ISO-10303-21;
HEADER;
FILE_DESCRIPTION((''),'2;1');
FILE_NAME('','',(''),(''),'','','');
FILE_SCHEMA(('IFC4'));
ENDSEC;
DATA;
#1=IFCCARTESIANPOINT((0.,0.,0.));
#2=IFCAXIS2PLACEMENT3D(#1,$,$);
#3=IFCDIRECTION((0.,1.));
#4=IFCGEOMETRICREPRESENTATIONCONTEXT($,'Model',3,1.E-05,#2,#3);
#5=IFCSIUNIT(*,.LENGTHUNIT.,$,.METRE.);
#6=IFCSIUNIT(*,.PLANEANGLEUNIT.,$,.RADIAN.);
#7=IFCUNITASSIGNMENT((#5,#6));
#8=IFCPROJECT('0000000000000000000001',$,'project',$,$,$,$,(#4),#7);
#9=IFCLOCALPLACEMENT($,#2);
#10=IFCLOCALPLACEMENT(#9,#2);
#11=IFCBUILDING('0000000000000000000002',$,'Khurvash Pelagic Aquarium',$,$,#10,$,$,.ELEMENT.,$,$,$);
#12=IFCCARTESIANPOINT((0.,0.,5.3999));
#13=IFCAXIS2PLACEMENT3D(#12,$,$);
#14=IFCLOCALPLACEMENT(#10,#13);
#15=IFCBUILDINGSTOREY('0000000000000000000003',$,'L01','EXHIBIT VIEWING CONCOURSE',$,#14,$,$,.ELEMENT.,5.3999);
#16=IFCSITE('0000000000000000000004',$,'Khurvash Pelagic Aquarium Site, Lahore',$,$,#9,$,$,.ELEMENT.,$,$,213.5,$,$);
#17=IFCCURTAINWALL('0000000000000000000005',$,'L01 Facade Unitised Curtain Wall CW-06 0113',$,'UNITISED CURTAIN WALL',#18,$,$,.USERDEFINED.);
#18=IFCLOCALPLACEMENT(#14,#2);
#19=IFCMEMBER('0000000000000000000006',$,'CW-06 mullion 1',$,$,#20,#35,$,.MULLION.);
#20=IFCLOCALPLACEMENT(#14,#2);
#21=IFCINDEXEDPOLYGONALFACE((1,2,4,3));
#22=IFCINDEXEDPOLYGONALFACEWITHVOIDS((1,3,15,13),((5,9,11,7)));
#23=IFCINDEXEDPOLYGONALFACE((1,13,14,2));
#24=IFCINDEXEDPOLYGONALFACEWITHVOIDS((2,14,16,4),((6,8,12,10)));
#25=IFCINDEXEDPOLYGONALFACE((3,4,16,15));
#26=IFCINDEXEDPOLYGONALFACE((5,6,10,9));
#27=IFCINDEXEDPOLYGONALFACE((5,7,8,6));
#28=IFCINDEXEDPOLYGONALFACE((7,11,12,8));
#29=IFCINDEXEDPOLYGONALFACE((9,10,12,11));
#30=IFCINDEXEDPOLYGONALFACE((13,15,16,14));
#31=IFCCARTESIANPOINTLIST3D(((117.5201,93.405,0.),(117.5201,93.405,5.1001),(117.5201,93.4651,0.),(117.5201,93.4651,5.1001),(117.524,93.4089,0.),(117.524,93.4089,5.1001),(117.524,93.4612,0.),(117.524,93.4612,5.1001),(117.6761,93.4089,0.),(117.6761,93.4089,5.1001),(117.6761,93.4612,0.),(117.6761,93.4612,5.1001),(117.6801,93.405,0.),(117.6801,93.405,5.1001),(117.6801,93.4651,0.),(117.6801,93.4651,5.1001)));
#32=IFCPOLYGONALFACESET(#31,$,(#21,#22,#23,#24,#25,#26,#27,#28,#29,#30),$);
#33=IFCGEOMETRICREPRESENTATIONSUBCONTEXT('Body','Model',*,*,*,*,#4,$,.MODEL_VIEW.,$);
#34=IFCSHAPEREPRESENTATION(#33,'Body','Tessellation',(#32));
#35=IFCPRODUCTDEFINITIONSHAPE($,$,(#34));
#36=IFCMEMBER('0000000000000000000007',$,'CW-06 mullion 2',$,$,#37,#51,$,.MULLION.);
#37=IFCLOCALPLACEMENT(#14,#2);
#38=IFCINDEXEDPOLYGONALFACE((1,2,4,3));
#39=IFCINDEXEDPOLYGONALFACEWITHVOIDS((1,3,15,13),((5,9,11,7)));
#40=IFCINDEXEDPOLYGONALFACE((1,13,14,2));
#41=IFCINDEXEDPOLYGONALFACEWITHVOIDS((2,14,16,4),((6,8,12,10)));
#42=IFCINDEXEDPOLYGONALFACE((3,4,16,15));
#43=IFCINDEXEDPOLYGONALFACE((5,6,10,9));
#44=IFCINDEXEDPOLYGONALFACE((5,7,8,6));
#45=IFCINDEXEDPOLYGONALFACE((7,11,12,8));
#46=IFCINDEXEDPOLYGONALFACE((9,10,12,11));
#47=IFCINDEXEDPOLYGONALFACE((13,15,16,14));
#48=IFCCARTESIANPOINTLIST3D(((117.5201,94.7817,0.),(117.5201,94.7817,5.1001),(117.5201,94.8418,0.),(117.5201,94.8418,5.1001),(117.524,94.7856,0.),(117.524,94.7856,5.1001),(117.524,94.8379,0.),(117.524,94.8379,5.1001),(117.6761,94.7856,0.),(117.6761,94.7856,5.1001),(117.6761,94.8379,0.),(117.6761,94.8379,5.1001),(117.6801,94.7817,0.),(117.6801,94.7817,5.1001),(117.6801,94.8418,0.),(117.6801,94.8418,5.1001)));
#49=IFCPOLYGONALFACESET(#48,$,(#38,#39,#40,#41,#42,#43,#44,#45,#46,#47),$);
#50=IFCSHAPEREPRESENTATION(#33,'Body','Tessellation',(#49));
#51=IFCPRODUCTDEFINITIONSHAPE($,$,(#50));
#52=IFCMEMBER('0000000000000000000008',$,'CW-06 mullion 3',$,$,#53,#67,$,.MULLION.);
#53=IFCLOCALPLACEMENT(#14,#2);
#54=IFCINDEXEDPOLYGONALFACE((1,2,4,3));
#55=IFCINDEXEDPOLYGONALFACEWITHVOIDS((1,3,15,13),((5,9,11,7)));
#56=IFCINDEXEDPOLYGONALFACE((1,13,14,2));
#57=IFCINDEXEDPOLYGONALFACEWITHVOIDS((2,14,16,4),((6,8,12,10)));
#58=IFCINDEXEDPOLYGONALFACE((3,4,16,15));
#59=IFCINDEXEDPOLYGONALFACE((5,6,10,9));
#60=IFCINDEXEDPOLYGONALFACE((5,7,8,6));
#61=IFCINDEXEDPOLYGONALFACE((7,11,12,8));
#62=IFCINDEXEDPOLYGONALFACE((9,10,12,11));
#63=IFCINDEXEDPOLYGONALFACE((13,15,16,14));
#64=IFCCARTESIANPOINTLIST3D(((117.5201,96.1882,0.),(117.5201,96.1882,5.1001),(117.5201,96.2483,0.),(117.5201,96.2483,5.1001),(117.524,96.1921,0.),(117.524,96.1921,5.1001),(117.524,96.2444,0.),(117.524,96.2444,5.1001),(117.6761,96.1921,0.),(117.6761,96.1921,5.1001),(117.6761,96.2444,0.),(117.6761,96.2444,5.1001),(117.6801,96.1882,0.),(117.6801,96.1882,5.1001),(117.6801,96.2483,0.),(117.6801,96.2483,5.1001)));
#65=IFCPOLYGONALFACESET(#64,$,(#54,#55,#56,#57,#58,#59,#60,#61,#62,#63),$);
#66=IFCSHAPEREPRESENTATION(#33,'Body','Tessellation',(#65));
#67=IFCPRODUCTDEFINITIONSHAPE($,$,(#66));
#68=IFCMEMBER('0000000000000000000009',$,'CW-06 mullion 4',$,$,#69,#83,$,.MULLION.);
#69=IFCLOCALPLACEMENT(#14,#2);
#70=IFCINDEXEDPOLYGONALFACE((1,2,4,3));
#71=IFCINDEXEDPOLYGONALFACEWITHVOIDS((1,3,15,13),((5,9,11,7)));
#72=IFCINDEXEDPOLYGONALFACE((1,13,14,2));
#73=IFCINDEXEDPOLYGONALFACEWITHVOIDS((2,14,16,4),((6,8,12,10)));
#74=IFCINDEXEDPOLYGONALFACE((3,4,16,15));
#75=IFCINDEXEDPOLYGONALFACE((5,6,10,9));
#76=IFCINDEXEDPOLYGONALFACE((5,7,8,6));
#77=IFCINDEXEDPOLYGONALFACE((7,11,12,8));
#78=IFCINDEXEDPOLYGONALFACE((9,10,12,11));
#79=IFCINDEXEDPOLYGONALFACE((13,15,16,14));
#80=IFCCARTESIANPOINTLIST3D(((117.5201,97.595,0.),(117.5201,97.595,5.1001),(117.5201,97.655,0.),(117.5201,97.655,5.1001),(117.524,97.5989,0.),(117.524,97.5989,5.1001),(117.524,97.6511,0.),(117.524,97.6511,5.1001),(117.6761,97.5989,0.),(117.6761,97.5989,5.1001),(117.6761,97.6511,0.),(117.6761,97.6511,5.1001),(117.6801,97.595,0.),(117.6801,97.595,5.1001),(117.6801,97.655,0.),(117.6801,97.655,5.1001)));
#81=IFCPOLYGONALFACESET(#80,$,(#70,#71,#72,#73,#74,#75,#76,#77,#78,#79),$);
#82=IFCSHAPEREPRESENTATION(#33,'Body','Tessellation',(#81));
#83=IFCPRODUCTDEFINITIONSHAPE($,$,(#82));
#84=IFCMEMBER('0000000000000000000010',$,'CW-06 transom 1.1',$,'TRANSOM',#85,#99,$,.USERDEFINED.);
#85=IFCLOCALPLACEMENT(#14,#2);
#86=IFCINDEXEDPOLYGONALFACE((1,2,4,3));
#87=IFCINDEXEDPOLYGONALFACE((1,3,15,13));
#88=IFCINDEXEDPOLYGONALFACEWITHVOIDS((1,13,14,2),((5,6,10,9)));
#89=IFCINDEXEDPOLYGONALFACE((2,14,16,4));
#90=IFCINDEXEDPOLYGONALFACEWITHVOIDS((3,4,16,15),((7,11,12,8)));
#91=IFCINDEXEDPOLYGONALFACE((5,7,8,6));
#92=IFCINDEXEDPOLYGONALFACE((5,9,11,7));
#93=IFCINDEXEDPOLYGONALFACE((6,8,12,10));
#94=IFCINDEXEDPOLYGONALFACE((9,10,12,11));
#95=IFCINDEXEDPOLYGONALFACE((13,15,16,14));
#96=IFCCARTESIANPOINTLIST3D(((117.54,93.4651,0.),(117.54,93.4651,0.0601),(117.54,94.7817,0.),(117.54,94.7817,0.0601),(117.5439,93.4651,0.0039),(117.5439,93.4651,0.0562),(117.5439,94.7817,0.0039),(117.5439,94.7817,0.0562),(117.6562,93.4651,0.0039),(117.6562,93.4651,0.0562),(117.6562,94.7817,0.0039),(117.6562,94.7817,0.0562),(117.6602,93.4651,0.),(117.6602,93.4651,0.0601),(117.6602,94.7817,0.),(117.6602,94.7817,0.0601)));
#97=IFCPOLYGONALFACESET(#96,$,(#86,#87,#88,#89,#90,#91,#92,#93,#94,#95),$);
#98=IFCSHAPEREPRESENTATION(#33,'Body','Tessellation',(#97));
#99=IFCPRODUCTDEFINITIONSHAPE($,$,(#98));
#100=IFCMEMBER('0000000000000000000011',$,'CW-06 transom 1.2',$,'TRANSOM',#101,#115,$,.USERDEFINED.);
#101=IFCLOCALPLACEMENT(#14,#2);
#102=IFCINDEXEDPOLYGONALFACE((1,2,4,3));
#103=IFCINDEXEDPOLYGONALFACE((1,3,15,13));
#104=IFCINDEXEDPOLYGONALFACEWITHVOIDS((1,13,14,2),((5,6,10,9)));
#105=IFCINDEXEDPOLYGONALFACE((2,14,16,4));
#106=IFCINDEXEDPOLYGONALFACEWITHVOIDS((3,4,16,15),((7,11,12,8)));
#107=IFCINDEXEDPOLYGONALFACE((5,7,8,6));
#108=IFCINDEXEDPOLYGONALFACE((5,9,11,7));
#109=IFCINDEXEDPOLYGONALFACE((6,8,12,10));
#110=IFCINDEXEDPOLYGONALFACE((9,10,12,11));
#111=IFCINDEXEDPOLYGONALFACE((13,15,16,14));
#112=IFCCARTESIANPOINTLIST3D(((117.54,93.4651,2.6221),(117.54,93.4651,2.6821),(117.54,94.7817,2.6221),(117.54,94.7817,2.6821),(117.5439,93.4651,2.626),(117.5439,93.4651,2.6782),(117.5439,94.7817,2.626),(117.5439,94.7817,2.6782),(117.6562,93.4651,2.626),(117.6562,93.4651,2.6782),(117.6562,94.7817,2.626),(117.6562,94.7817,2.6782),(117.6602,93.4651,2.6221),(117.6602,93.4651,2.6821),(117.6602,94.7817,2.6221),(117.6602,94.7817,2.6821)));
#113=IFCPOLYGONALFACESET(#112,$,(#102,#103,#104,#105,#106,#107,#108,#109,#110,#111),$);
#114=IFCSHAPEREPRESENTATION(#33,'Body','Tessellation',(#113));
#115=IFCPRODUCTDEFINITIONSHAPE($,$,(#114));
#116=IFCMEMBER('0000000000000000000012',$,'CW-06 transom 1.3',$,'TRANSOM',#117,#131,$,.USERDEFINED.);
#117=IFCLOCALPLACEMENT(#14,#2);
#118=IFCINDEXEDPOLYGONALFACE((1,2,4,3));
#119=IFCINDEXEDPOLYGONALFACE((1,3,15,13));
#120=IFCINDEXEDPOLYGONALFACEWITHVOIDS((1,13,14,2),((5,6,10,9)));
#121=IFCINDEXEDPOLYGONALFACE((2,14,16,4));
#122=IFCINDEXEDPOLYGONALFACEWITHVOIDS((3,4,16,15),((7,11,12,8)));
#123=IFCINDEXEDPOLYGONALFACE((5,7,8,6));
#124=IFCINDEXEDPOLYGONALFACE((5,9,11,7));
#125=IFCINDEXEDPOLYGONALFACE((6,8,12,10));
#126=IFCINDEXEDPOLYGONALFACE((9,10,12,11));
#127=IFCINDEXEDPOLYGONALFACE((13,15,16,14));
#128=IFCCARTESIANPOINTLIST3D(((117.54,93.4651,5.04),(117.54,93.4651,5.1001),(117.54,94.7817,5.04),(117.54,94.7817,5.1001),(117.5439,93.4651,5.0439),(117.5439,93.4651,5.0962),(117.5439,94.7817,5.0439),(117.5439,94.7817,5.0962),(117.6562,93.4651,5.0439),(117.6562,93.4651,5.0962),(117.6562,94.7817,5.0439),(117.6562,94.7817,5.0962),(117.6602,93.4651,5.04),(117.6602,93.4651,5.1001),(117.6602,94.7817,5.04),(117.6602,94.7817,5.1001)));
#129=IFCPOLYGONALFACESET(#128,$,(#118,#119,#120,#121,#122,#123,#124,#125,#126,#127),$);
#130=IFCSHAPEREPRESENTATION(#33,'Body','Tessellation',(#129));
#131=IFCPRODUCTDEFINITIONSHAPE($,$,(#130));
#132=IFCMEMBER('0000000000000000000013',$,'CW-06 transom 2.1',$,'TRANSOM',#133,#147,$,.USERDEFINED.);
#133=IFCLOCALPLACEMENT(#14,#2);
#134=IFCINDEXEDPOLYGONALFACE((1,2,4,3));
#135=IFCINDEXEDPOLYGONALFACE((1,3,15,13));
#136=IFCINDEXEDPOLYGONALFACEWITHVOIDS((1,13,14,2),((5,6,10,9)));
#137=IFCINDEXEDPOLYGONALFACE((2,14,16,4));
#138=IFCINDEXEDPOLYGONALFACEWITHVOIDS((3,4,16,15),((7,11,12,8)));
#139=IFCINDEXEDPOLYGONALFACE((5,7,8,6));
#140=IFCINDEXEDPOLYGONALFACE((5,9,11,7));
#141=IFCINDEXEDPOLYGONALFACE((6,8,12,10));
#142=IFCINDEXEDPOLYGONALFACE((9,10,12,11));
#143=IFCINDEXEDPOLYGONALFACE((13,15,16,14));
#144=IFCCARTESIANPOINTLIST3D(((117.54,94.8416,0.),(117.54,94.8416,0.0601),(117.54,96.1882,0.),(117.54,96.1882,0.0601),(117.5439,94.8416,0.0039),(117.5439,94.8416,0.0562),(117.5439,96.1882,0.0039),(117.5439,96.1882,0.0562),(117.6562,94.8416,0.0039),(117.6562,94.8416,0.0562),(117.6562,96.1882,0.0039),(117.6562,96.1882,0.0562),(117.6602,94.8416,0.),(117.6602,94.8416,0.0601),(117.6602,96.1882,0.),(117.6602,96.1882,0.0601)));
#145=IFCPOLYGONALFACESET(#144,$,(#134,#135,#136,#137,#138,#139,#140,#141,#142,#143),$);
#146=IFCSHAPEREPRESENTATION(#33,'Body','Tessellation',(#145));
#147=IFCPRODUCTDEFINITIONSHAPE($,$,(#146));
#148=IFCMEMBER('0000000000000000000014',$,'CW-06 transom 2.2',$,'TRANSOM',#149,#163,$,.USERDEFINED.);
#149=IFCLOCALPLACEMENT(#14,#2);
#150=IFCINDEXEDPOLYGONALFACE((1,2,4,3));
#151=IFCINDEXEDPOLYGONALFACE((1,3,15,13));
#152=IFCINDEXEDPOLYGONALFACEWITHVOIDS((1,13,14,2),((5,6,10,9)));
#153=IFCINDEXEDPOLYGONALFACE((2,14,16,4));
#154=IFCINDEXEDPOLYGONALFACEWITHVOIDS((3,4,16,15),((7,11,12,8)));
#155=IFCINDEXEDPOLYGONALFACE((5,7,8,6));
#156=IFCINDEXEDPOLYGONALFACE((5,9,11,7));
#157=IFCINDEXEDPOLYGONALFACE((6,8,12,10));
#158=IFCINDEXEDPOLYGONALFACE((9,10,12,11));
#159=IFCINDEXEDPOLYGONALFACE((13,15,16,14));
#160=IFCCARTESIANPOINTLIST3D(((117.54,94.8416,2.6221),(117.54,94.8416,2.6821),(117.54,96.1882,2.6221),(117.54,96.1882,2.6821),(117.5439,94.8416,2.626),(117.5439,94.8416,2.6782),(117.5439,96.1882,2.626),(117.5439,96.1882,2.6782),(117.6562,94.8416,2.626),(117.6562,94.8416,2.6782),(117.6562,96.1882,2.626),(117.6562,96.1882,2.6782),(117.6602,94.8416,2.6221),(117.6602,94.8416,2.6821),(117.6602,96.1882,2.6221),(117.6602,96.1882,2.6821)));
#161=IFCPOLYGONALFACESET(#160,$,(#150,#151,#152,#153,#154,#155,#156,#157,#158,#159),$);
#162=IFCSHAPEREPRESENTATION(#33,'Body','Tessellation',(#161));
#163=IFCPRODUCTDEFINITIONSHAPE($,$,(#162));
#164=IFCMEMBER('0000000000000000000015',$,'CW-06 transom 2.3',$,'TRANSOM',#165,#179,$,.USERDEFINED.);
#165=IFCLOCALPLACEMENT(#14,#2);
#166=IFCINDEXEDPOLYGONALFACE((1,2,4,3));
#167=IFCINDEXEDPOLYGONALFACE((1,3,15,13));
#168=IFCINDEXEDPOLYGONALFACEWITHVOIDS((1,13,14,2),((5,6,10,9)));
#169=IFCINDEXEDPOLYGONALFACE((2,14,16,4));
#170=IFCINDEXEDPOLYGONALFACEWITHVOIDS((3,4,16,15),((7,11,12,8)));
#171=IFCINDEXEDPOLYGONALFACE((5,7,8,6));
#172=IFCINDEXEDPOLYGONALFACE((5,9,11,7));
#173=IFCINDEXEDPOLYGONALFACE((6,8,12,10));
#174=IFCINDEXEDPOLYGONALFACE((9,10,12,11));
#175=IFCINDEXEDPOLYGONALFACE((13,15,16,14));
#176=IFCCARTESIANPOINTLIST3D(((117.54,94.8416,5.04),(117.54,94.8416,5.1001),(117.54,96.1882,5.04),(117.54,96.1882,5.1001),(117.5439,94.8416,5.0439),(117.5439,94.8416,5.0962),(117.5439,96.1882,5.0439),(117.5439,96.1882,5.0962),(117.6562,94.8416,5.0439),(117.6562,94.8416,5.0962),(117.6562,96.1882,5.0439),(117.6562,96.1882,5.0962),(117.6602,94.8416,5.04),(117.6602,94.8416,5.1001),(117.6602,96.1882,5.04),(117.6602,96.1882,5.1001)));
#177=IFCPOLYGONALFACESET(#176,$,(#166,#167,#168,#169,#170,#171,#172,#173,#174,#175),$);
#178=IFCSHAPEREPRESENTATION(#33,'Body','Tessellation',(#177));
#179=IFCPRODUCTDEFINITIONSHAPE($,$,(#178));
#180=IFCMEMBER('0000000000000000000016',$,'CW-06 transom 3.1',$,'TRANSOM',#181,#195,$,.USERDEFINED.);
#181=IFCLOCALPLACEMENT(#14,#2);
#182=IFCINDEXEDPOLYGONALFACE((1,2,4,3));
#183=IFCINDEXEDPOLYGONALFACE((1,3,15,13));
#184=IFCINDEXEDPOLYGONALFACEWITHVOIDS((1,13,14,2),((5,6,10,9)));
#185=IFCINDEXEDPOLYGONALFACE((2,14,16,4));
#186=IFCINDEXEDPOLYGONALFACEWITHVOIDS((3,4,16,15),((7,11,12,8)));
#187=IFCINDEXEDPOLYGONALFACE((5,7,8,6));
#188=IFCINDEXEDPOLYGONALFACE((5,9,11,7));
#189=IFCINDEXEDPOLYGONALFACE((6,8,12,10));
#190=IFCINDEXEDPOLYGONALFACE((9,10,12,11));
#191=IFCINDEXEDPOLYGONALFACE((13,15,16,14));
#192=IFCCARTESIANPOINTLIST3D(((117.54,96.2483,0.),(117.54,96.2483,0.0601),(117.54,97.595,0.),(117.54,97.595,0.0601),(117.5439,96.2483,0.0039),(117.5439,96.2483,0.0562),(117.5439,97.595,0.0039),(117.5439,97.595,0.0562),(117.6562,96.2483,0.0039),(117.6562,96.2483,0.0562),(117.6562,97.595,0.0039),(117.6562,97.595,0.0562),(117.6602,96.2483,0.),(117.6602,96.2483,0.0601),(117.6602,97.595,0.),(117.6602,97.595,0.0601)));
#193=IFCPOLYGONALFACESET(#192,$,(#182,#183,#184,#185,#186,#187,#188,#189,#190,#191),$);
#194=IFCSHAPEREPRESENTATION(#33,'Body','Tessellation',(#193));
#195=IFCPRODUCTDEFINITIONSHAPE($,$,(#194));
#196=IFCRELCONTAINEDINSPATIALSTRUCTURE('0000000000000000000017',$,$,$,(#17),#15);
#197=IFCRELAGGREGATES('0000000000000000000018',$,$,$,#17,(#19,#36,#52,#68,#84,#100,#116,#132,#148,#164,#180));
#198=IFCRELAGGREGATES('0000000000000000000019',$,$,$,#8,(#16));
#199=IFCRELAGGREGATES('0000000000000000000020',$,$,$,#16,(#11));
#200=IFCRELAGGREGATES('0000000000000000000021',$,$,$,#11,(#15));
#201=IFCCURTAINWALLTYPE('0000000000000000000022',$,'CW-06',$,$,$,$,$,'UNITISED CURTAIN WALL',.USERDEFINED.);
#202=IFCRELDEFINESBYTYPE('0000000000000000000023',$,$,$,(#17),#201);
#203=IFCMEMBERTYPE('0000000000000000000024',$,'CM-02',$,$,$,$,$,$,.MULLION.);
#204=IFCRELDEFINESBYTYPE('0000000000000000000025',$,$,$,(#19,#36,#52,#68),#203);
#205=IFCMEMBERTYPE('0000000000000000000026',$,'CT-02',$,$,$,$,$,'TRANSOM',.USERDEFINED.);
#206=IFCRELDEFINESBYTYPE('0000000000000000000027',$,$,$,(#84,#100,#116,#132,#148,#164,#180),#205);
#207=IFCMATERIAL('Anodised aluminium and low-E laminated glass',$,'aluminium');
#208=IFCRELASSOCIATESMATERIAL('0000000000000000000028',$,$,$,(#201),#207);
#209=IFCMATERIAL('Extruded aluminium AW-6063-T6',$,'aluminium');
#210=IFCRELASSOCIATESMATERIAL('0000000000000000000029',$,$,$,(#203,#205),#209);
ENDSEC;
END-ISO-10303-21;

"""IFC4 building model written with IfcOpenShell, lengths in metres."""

from ifc_helpers import new_model, si_unit, direction, frame, origin, origin_2d, place, context, subcontext, project, spatial, hollow_rectangle, extrude, material, material_profile, profile_set, type_object, element, aggregate, save


model = new_model("IFC4")

# Units and contexts
model_context = context("Model", 3, precision=1e-05, world=origin(), true_north=direction((0.0, 1.0)))
body_context = subcontext(model_context, "Body", "Model", "MODEL_VIEW")
ifc_project = project(units=[si_unit("LENGTHUNIT", "METRE"), si_unit("PLANEANGLEUNIT", "RADIAN")], contexts=[model_context])

# Site, building, storey
site_placement = place(None, origin())
site = spatial("IfcSite", under=ifc_project, at=site_placement, Name="Khurvash Pelagic Aquarium Site, Lahore", CompositionType="ELEMENT", RefElevation=213.5)
building_placement = place(site_placement, origin())
building = spatial("IfcBuilding", under=site, at=building_placement, Name="Khurvash Pelagic Aquarium", CompositionType="ELEMENT")
storey_placement = place(building_placement, frame((0.0, 0.0, 5.3999)))
storey = spatial("IfcBuildingStorey", under=building, at=storey_placement, Name="L01", Description="EXHIBIT VIEWING CONCOURSE", CompositionType="ELEMENT", Elevation=5.3999)

# Curtain wall, members
ifc_material_1 = material(Name="Anodised aluminium and low-E laminated glass", Category="aluminium")
curtain_wall_type = type_object("IfcCurtainWallType", Name="CW-06", ElementType="UNITISED CURTAIN WALL", PredefinedType="USERDEFINED", material=ifc_material_1)
curtain_wall_placement = place(storey_placement, origin())
curtain_wall = element("IfcCurtainWall", 1, at=curtain_wall_placement, inside=storey, type_object=curtain_wall_type, Name="L01 Facade Unitised Curtain Wall CW-06 0113", ObjectType="UNITISED CURTAIN WALL", PredefinedType="USERDEFINED")
ifc_material_2 = material(Name="Extruded aluminium AW-6063-T6", Category="aluminium")
ifc_material_profile_1 = material_profile(ifc_material_2, hollow_rectangle(XDim=0.0601, YDim=0.1599, WallThickness=0.0039, at=origin_2d()), Name="CWM60X160X4")
ifc_profile_set_1 = profile_set([ifc_material_profile_1], Name="Extruded aluminium AW-6063-T6")
member_type_1 = type_object("IfcMemberType", Name="CM-02", PredefinedType="MULLION", material=ifc_profile_set_1)
member_1_placement = place(storey_placement, frame((117.6001, 93.4351, 0.0), z_axis=(0.0, 0.0, 1.0), x_axis=(0.0, 1.0, 0.0)))
member_1 = element("IfcMember", 2, at=member_1_placement, type_object=member_type_1, Name="CW-06 mullion 1", PredefinedType="MULLION", context=body_context, shape_type="SweptSolid", body=[
    extrude(hollow_rectangle(XDim=0.0601, YDim=0.1599, WallThickness=0.0039, at=origin_2d()), origin(), (0.0, 0.0, 1.0), 5.1001),
])
member_2_placement = place(storey_placement, frame((117.6001, 94.8118, 0.0), z_axis=(0.0, 0.0, 1.0), x_axis=(0.0, 1.0, 0.0)))
member_2 = element("IfcMember", 3, at=member_2_placement, type_object=member_type_1, Name="CW-06 mullion 2", PredefinedType="MULLION", context=body_context, shape_type="SweptSolid", body=[
    extrude(hollow_rectangle(XDim=0.0601, YDim=0.1599, WallThickness=0.0039, at=origin_2d()), origin(), (0.0, 0.0, 1.0), 5.1001),
])
member_3_placement = place(storey_placement, frame((117.6001, 96.2183, 0.0), z_axis=(0.0, 0.0, 1.0), x_axis=(0.0, 1.0, 0.0)))
member_3 = element("IfcMember", 4, at=member_3_placement, type_object=member_type_1, Name="CW-06 mullion 3", PredefinedType="MULLION", context=body_context, shape_type="SweptSolid", body=[
    extrude(hollow_rectangle(XDim=0.0601, YDim=0.1599, WallThickness=0.0039, at=origin_2d()), origin(), (0.0, 0.0, 1.0), 5.1001),
])
member_4_placement = place(storey_placement, frame((117.6001, 97.625, 0.0), z_axis=(0.0, 0.0, 1.0), x_axis=(0.0, 1.0, 0.0)))
member_4 = element("IfcMember", 5, at=member_4_placement, type_object=member_type_1, Name="CW-06 mullion 4", PredefinedType="MULLION", context=body_context, shape_type="SweptSolid", body=[
    extrude(hollow_rectangle(XDim=0.0601, YDim=0.1599, WallThickness=0.0039, at=origin_2d()), origin(), (0.0, 0.0, 1.0), 5.1001),
])
ifc_material_profile_2 = material_profile(ifc_material_2, hollow_rectangle(XDim=0.1201, YDim=0.0601, WallThickness=0.0039, at=origin_2d()), Name="CWT120X60X4")
ifc_profile_set_2 = profile_set([ifc_material_profile_2], Name="Extruded aluminium AW-6063-T6")
member_type_2 = type_object("IfcMemberType", Name="CT-02", ElementType="TRANSOM", PredefinedType="USERDEFINED", material=ifc_profile_set_2)
member_5_placement = place(storey_placement, frame((117.6001, 93.4651, 0.03), z_axis=(0.0, 1.0, 0.0), x_axis=(-1.0, 0.0, 0.0)))
member_5 = element("IfcMember", 6, at=member_5_placement, type_object=member_type_2, Name="CW-06 transom 1.1", ObjectType="TRANSOM", PredefinedType="USERDEFINED", context=body_context, shape_type="SweptSolid", body=[
    extrude(hollow_rectangle(XDim=0.1201, YDim=0.0601, WallThickness=0.0039, at=origin_2d()), origin(), (0.0, 0.0, 1.0), 1.3167),
])
member_6_placement = place(storey_placement, frame((117.6001, 93.4651, 2.6521), z_axis=(0.0, 1.0, 0.0), x_axis=(-1.0, 0.0, 0.0)))
member_6 = element("IfcMember", 7, at=member_6_placement, type_object=member_type_2, Name="CW-06 transom 1.2", ObjectType="TRANSOM", PredefinedType="USERDEFINED", context=body_context, shape_type="SweptSolid", body=[
    extrude(hollow_rectangle(XDim=0.1201, YDim=0.0601, WallThickness=0.0039, at=origin_2d()), origin(), (0.0, 0.0, 1.0), 1.3167),
])
member_7_placement = place(storey_placement, frame((117.6001, 93.4651, 5.0701), z_axis=(0.0, 1.0, 0.0), x_axis=(-1.0, 0.0, 0.0)))
member_7 = element("IfcMember", 8, at=member_7_placement, type_object=member_type_2, Name="CW-06 transom 1.3", ObjectType="TRANSOM", PredefinedType="USERDEFINED", context=body_context, shape_type="SweptSolid", body=[
    extrude(hollow_rectangle(XDim=0.1201, YDim=0.0601, WallThickness=0.0039, at=origin_2d()), origin(), (0.0, 0.0, 1.0), 1.3167),
])
member_8_placement = place(storey_placement, frame((117.6001, 94.8416, 0.03), z_axis=(0.0, 1.0, 0.0), x_axis=(-1.0, 0.0, 0.0)))
member_8 = element("IfcMember", 9, at=member_8_placement, type_object=member_type_2, Name="CW-06 transom 2.1", ObjectType="TRANSOM", PredefinedType="USERDEFINED", context=body_context, shape_type="SweptSolid", body=[
    extrude(hollow_rectangle(XDim=0.1201, YDim=0.0601, WallThickness=0.0039, at=origin_2d()), origin(), (0.0, 0.0, 1.0), 1.3467),
])
member_9_placement = place(storey_placement, frame((117.6001, 94.8416, 2.6521), z_axis=(0.0, 1.0, 0.0), x_axis=(-1.0, 0.0, 0.0)))
member_9 = element("IfcMember", 10, at=member_9_placement, type_object=member_type_2, Name="CW-06 transom 2.2", ObjectType="TRANSOM", PredefinedType="USERDEFINED", context=body_context, shape_type="SweptSolid", body=[
    extrude(hollow_rectangle(XDim=0.1201, YDim=0.0601, WallThickness=0.0039, at=origin_2d()), origin(), (0.0, 0.0, 1.0), 1.3467),
])
member_10_placement = place(storey_placement, frame((117.6001, 94.8416, 5.0701), z_axis=(0.0, 1.0, 0.0), x_axis=(-1.0, 0.0, 0.0)))
member_10 = element("IfcMember", 11, at=member_10_placement, type_object=member_type_2, Name="CW-06 transom 2.3", ObjectType="TRANSOM", PredefinedType="USERDEFINED", context=body_context, shape_type="SweptSolid", body=[
    extrude(hollow_rectangle(XDim=0.1201, YDim=0.0601, WallThickness=0.0039, at=origin_2d()), origin(), (0.0, 0.0, 1.0), 1.3467),
])
member_11_placement = place(storey_placement, frame((117.6001, 96.2483, 0.03), z_axis=(0.0, 1.0, 0.0), x_axis=(-1.0, 0.0, 0.0)))
member_11 = element("IfcMember", 12, at=member_11_placement, type_object=member_type_2, Name="CW-06 transom 3.1", ObjectType="TRANSOM", PredefinedType="USERDEFINED", context=body_context, shape_type="SweptSolid", body=[
    extrude(hollow_rectangle(XDim=0.1201, YDim=0.0601, WallThickness=0.0039, at=origin_2d()), origin(), (0.0, 0.0, 1.0), 1.3467),
])
aggregate(curtain_wall, [member_1, member_2, member_3, member_4, member_5, member_6, member_7, member_8, member_9, member_10, member_11])

save(model, "model.ifc")
